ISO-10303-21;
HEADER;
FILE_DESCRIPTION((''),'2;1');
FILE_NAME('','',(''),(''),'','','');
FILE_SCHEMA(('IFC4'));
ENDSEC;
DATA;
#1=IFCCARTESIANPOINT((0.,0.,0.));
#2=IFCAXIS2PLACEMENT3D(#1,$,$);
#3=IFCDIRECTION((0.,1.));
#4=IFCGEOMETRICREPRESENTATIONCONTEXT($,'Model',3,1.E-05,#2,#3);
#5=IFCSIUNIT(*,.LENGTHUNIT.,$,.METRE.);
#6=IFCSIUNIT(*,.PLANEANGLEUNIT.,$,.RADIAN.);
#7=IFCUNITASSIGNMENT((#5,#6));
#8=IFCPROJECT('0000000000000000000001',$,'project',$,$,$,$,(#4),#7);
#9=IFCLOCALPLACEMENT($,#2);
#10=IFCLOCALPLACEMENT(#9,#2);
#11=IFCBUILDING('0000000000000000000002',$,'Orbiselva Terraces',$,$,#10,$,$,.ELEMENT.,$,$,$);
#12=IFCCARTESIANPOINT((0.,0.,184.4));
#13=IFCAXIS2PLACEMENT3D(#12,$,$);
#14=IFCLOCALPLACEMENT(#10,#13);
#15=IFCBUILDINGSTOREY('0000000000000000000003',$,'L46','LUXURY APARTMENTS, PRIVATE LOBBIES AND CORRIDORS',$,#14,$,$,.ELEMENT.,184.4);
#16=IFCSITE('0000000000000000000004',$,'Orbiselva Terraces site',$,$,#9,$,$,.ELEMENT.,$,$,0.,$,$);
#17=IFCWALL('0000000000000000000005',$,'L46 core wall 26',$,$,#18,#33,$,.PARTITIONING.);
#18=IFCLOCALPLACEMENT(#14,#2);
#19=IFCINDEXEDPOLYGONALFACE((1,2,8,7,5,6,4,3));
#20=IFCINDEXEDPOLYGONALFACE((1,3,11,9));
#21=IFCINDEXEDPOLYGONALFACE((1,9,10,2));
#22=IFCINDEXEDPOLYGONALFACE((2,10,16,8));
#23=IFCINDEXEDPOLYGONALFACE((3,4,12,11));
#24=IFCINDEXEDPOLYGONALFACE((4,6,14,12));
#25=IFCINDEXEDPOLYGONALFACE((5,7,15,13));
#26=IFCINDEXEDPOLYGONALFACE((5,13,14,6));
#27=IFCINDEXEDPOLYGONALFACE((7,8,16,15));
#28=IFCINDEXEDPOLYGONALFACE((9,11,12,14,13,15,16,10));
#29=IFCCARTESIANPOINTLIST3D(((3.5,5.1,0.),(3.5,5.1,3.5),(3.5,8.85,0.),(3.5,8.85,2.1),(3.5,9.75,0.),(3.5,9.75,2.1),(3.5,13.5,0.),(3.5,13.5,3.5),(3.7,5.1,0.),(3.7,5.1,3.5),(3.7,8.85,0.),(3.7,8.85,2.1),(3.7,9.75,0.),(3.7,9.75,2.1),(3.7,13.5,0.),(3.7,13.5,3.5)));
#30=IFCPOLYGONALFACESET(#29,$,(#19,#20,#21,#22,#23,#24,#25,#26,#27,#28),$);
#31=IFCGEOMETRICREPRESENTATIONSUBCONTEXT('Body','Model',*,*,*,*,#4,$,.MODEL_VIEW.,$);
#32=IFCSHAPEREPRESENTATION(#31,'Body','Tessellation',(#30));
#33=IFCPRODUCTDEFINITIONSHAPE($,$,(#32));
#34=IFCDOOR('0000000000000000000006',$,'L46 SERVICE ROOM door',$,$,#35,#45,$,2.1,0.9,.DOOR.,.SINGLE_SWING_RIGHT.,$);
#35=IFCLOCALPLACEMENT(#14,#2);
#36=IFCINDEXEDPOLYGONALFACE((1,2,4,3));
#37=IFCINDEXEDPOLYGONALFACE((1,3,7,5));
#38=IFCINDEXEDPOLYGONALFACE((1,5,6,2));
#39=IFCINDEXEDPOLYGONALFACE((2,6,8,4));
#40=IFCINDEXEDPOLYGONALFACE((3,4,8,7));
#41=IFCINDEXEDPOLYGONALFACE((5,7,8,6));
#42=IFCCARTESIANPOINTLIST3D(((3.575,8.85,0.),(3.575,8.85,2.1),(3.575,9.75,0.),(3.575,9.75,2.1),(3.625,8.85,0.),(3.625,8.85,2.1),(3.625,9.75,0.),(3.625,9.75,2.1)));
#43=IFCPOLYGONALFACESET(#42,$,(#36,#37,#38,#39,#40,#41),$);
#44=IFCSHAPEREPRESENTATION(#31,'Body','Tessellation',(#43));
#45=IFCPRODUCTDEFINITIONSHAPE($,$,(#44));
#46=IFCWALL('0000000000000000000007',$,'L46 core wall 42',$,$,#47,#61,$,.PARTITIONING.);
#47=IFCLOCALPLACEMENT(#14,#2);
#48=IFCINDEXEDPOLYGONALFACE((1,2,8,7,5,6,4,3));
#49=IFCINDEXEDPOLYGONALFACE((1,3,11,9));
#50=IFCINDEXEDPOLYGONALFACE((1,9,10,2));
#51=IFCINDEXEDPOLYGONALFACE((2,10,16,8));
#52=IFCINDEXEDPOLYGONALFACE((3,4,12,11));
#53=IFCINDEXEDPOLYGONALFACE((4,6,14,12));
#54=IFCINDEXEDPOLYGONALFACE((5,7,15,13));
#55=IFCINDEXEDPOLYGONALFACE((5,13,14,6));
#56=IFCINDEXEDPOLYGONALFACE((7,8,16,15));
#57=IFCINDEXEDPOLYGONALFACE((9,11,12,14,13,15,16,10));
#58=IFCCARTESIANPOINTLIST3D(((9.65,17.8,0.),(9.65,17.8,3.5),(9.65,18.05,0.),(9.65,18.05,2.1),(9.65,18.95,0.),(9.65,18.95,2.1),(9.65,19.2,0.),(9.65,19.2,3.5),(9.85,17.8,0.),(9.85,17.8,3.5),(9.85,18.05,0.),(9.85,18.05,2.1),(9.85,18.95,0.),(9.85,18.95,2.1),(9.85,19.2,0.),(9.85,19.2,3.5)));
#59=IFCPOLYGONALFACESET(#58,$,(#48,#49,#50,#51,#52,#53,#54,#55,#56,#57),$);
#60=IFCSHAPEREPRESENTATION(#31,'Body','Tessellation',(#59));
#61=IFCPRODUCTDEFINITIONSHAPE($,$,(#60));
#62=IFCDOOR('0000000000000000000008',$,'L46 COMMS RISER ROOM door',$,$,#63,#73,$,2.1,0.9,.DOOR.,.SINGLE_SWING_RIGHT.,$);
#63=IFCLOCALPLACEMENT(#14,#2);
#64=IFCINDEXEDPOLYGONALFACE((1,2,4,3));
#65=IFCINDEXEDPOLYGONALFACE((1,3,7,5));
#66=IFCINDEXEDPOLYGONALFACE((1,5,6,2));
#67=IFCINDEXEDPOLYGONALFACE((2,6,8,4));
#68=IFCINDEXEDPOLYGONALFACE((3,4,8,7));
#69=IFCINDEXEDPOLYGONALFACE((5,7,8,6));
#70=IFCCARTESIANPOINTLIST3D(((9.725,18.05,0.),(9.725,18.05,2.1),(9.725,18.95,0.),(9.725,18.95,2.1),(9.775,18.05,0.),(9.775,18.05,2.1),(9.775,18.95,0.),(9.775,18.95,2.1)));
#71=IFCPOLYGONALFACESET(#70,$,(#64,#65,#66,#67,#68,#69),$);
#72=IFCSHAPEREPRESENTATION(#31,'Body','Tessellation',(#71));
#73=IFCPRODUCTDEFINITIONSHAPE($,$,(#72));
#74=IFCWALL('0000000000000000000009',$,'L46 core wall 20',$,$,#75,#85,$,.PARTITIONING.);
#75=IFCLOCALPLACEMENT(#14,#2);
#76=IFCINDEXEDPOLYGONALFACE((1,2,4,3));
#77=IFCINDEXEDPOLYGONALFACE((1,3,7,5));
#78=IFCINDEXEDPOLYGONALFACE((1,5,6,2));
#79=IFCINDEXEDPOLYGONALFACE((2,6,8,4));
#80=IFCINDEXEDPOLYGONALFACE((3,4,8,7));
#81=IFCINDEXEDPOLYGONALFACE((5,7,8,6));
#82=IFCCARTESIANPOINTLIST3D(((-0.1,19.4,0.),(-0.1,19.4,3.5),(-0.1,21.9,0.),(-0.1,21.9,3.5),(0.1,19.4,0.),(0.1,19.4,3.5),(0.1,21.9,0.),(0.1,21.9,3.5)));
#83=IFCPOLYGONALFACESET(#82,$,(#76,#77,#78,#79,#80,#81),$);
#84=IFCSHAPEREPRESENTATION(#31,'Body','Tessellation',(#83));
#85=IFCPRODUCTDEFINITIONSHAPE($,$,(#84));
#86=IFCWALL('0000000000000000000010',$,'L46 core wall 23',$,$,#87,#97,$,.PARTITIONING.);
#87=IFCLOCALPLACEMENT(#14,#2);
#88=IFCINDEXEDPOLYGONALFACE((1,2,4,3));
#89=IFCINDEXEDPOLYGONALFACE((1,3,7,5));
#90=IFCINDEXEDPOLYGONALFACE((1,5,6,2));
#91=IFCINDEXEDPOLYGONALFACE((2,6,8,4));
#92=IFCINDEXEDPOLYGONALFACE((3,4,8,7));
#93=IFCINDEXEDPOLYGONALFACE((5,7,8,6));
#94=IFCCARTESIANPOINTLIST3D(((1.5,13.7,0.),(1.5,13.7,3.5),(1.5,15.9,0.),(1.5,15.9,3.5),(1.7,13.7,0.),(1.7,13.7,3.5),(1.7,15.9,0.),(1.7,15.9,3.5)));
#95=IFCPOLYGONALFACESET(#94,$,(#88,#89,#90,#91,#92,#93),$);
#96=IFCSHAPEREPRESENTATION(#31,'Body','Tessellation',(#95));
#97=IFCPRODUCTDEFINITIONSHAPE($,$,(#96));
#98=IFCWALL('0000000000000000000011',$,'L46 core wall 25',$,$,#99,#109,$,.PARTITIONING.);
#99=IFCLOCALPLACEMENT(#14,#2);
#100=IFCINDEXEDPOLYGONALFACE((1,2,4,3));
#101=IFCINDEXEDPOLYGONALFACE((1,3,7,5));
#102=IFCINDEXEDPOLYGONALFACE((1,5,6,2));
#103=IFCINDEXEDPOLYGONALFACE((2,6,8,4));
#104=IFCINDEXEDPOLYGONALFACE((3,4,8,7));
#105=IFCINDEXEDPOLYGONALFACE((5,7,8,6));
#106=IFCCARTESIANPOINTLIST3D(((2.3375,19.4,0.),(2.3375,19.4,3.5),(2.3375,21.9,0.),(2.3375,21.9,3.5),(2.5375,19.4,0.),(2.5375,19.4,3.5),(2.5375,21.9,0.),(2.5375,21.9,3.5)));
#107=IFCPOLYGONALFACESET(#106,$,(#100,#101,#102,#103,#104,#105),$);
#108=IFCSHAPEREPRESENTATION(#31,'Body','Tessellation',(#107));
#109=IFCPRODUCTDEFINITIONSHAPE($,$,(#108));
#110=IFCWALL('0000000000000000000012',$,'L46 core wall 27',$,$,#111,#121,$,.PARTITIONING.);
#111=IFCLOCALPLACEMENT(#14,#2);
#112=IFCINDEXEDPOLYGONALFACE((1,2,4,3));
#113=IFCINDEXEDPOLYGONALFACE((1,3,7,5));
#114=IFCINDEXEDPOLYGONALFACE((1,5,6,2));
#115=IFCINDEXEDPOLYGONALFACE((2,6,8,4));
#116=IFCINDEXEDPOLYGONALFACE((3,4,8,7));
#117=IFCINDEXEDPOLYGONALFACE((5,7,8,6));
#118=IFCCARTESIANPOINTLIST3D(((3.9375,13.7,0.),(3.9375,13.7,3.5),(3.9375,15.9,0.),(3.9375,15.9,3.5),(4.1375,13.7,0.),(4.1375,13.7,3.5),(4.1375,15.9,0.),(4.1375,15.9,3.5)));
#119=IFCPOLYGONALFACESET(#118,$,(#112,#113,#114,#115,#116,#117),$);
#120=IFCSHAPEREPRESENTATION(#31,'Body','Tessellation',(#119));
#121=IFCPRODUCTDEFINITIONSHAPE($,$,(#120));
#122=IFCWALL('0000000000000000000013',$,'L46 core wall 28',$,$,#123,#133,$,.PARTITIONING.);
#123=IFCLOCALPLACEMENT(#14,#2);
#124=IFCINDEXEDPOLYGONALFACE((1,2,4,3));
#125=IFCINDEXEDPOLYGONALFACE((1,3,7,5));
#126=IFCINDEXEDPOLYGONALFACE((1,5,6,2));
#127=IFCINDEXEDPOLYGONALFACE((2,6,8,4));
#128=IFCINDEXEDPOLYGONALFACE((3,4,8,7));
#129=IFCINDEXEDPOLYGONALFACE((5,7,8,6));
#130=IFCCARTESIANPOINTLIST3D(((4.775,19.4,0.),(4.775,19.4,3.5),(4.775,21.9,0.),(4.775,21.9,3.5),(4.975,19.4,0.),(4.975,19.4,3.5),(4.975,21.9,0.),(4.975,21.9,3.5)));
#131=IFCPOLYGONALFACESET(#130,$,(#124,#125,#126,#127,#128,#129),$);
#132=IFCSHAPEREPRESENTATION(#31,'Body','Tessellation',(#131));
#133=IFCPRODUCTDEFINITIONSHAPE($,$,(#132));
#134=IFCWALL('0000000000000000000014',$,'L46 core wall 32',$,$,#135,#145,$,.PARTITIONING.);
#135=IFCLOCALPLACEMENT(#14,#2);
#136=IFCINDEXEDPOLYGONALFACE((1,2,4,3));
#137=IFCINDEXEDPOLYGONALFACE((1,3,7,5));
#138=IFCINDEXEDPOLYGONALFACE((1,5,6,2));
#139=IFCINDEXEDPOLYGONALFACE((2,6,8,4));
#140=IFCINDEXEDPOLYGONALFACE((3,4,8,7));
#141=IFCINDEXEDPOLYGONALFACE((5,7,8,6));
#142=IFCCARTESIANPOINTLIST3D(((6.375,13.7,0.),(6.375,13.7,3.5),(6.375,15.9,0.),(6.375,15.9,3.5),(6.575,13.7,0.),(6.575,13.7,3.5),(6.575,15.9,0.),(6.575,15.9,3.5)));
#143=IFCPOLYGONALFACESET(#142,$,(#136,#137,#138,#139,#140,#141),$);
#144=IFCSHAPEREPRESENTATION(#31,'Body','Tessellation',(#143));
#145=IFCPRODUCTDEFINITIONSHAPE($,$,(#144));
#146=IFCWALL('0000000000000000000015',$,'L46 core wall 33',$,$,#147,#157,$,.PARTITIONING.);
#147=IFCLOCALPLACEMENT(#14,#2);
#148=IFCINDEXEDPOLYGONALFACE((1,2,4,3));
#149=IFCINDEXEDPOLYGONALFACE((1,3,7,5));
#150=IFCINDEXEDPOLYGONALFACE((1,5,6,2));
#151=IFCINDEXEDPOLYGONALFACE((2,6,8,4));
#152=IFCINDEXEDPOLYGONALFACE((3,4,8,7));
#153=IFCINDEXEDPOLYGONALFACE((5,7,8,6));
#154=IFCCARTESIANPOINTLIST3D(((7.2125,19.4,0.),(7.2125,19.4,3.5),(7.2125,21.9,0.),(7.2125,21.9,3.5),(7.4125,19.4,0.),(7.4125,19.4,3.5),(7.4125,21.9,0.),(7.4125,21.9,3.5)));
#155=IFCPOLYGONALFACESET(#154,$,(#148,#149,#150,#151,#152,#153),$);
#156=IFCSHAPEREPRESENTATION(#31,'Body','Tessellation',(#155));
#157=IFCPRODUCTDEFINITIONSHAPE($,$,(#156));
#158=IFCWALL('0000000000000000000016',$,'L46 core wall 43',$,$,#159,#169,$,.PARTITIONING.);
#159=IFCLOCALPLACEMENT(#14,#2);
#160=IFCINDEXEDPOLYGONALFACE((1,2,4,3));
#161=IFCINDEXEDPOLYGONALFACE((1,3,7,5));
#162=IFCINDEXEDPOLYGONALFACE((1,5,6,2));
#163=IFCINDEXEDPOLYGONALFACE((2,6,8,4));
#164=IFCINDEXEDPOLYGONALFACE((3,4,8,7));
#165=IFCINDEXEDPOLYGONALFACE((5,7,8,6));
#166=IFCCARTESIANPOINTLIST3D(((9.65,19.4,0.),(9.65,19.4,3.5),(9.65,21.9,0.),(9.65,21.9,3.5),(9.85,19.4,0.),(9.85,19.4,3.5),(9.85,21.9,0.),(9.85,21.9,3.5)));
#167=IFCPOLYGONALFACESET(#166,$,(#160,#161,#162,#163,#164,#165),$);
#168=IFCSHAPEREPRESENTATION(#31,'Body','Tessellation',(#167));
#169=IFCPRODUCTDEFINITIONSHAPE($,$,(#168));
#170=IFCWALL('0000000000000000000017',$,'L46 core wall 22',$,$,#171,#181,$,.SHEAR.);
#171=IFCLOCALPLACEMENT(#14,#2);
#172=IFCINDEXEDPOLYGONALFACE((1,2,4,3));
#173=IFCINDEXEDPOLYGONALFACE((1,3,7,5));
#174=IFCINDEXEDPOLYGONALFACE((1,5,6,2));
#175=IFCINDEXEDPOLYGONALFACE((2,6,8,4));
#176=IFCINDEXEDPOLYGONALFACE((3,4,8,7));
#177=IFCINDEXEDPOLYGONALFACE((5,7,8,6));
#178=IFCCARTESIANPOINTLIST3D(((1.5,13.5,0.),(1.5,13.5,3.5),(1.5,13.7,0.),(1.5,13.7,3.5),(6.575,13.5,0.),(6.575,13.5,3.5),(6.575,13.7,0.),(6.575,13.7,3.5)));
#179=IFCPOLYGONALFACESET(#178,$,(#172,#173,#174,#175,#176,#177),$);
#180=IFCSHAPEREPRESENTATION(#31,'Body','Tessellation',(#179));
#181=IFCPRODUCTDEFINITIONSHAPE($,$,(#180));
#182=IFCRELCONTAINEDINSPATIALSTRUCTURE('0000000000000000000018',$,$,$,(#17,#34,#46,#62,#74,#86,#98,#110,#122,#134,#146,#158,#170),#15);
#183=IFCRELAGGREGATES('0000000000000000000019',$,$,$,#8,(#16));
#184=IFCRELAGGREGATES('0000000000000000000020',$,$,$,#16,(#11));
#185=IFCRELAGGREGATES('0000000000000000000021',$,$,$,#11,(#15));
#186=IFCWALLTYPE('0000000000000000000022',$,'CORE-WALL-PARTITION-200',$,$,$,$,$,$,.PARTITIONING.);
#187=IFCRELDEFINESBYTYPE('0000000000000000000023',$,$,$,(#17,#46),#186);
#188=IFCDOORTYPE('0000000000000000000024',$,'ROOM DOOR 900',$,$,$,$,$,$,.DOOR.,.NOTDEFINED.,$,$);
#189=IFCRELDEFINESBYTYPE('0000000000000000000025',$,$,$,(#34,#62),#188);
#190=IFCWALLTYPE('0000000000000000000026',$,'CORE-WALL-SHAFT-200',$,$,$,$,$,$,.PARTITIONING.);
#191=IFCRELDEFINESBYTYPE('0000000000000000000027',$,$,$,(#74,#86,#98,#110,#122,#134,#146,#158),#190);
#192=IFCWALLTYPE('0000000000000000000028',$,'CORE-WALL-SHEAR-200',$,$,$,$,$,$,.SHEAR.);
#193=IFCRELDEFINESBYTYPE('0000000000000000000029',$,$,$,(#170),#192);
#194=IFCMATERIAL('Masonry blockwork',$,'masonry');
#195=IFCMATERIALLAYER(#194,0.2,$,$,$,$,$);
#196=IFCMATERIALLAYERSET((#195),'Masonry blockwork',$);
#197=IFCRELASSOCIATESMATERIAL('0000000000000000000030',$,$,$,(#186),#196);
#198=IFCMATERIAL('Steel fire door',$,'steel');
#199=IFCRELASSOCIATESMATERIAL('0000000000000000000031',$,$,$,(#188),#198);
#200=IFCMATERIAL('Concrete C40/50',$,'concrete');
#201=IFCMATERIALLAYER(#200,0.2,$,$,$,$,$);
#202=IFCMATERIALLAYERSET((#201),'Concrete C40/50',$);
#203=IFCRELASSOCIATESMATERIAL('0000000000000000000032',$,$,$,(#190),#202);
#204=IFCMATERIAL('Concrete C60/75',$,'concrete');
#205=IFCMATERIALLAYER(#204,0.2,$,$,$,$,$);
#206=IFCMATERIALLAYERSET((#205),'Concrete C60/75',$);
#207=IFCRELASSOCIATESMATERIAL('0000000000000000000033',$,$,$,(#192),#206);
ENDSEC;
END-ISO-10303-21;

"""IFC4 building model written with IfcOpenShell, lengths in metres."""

from ifc_helpers import new_model, si_unit, direction, frame, frame_2d, origin, place, context, subcontext, project, spatial, rectangle, extrude, material, layer, layer_set, type_object, element, fill, save


model = new_model("IFC4")

# Units and contexts
model_context = context("Model", 3, precision=1e-05, world=origin(), true_north=direction((0.0, 1.0)))
body_context = subcontext(model_context, "Body", "Model", "MODEL_VIEW")
ifc_project = project(units=[si_unit("LENGTHUNIT", "METRE"), si_unit("PLANEANGLEUNIT", "RADIAN")], contexts=[model_context])

# Site, building, storey
site_placement = place(None, origin())
site = spatial("IfcSite", under=ifc_project, at=site_placement, Name="Orbiselva Terraces site", CompositionType="ELEMENT", RefElevation=0.0)
building_placement = place(site_placement, origin())
building = spatial("IfcBuilding", under=site, at=building_placement, Name="Orbiselva Terraces", CompositionType="ELEMENT")
storey_placement = place(building_placement, frame((0.0, 0.0, 184.4)))
storey = spatial("IfcBuildingStorey", under=building, at=storey_placement, Name="L46", Description="LUXURY APARTMENTS, PRIVATE LOBBIES AND CORRIDORS", CompositionType="ELEMENT", Elevation=184.4)

# Walls, openings, doors
ifc_material_1 = material(Name="Masonry blockwork", Category="masonry")
ifc_layer_1 = layer(ifc_material_1, 0.2)
ifc_layer_set_1 = layer_set([ifc_layer_1], Name="Masonry blockwork")
wall_type_1 = type_object("IfcWallType", Name="CORE-WALL-PARTITION-200", PredefinedType="PARTITIONING", material=ifc_layer_set_1)
wall_1_placement = place(storey_placement, frame((3.6, 13.5, 0.0), z_axis=(0.0, 0.0, 1.0), x_axis=(0.0, -1.0, 0.0)))
wall_1 = element("IfcWall", 1, at=wall_1_placement, inside=storey, type_object=wall_type_1, Name="L46 core wall 26", PredefinedType="PARTITIONING", context=body_context, shape_type="SweptSolid", body=[
    extrude(rectangle(XDim=8.4, YDim=0.2, at=frame_2d((4.2, 0.0))), origin(), (0.0, 0.0, 1.0), 3.5),
])
opening_1_placement = place(wall_1_placement, frame((3.75, 0.0, 0.0)))
opening_1 = element("IfcOpeningElement", 2, at=opening_1_placement, cuts=wall_1, PredefinedType="OPENING", context=body_context, shape_type="SweptSolid", body=[
    extrude(rectangle(XDim=0.9, YDim=2.1, at=frame_2d((0.45, 1.05))), frame((0.0, 0.11, 0.0), z_axis=(0.0, -1.0, 0.0), x_axis=(1.0, 0.0, 0.0)), (0.0, 0.0, 1.0), 0.22),
])
ifc_material_2 = material(Name="Steel fire door", Category="steel")
door_type_1 = type_object("IfcDoorType", Name="ROOM DOOR 900", OperationType="NOTDEFINED", PredefinedType="DOOR", material=ifc_material_2)
door_1_placement = place(opening_1_placement, origin())
door_1 = element("IfcDoor", 3, at=door_1_placement, inside=storey, type_object=door_type_1, Name="L46 SERVICE ROOM door", OperationType="SINGLE_SWING_RIGHT", OverallHeight=2.1, OverallWidth=0.9, PredefinedType="DOOR", context=body_context, shape_type="SweptSolid", body=[
    extrude(rectangle(XDim=0.9, YDim=2.1, at=frame_2d((0.45, 1.05))), frame((0.0, 0.025, 0.0), z_axis=(0.0, -1.0, 0.0), x_axis=(1.0, 0.0, 0.0)), (0.0, 0.0, 1.0), 0.05),
])
fill(opening_1, door_1)
wall_2_placement = place(storey_placement, frame((9.75, 19.2, 0.0), z_axis=(0.0, 0.0, 1.0), x_axis=(0.0, -1.0, 0.0)))
wall_2 = element("IfcWall", 4, at=wall_2_placement, inside=storey, type_object=wall_type_1, Name="L46 core wall 42", PredefinedType="PARTITIONING", context=body_context, shape_type="SweptSolid", body=[
    extrude(rectangle(XDim=1.4, YDim=0.2, at=frame_2d((0.7, 0.0))), origin(), (0.0, 0.0, 1.0), 3.5),
])
opening_2_placement = place(wall_2_placement, frame((0.25, 0.0, 0.0)))
opening_2 = element("IfcOpeningElement", 5, at=opening_2_placement, cuts=wall_2, PredefinedType="OPENING", context=body_context, shape_type="SweptSolid", body=[
    extrude(rectangle(XDim=0.9, YDim=2.1, at=frame_2d((0.45, 1.05))), frame((0.0, 0.11, 0.0), z_axis=(0.0, -1.0, 0.0), x_axis=(1.0, 0.0, 0.0)), (0.0, 0.0, 1.0), 0.22),
])
door_2_placement = place(opening_2_placement, origin())
door_2 = element("IfcDoor", 6, at=door_2_placement, inside=storey, type_object=door_type_1, Name="L46 COMMS RISER ROOM door", OperationType="SINGLE_SWING_RIGHT", OverallHeight=2.1, OverallWidth=0.9, PredefinedType="DOOR", context=body_context, shape_type="SweptSolid", body=[
    extrude(rectangle(XDim=0.9, YDim=2.1, at=frame_2d((0.45, 1.05))), frame((0.0, 0.025, 0.0), z_axis=(0.0, -1.0, 0.0), x_axis=(1.0, 0.0, 0.0)), (0.0, 0.0, 1.0), 0.05),
])
fill(opening_2, door_2)

# Walls
ifc_material_3 = material(Name="Concrete C40/50", Category="concrete")
ifc_layer_2 = layer(ifc_material_3, 0.2)
ifc_layer_set_2 = layer_set([ifc_layer_2], Name="Concrete C40/50")
wall_type_2 = type_object("IfcWallType", Name="CORE-WALL-SHAFT-200", PredefinedType="PARTITIONING", material=ifc_layer_set_2)
wall_3_placement = place(storey_placement, frame((0.0, 19.4, 0.0), z_axis=(0.0, 0.0, 1.0), x_axis=(0.0, 1.0, 0.0)))
element("IfcWall", 7, at=wall_3_placement, inside=storey, type_object=wall_type_2, Name="L46 core wall 20", PredefinedType="PARTITIONING", context=body_context, shape_type="SweptSolid", body=[
    extrude(rectangle(XDim=2.5, YDim=0.2, at=frame_2d((1.25, 0.0))), origin(), (0.0, 0.0, 1.0), 3.5),
])
wall_4_placement = place(storey_placement, frame((1.6, 13.7, 0.0), z_axis=(0.0, 0.0, 1.0), x_axis=(0.0, 1.0, 0.0)))
element("IfcWall", 8, at=wall_4_placement, inside=storey, type_object=wall_type_2, Name="L46 core wall 23", PredefinedType="PARTITIONING", context=body_context, shape_type="SweptSolid", body=[
    extrude(rectangle(XDim=2.2, YDim=0.2, at=frame_2d((1.1, 0.0))), origin(), (0.0, 0.0, 1.0), 3.5),
])
wall_5_placement = place(storey_placement, frame((2.4375, 19.4, 0.0), z_axis=(0.0, 0.0, 1.0), x_axis=(0.0, 1.0, 0.0)))
element("IfcWall", 9, at=wall_5_placement, inside=storey, type_object=wall_type_2, Name="L46 core wall 25", PredefinedType="PARTITIONING", context=body_context, shape_type="SweptSolid", body=[
    extrude(rectangle(XDim=2.5, YDim=0.2, at=frame_2d((1.25, 0.0))), origin(), (0.0, 0.0, 1.0), 3.5),
])
wall_6_placement = place(storey_placement, frame((4.0375, 13.7, 0.0), z_axis=(0.0, 0.0, 1.0), x_axis=(0.0, 1.0, 0.0)))
element("IfcWall", 10, at=wall_6_placement, inside=storey, type_object=wall_type_2, Name="L46 core wall 27", PredefinedType="PARTITIONING", context=body_context, shape_type="SweptSolid", body=[
    extrude(rectangle(XDim=2.2, YDim=0.2, at=frame_2d((1.1, 0.0))), origin(), (0.0, 0.0, 1.0), 3.5),
])
wall_7_placement = place(storey_placement, frame((4.875, 19.4, 0.0), z_axis=(0.0, 0.0, 1.0), x_axis=(0.0, 1.0, 0.0)))
element("IfcWall", 11, at=wall_7_placement, inside=storey, type_object=wall_type_2, Name="L46 core wall 28", PredefinedType="PARTITIONING", context=body_context, shape_type="SweptSolid", body=[
    extrude(rectangle(XDim=2.5, YDim=0.2, at=frame_2d((1.25, 0.0))), origin(), (0.0, 0.0, 1.0), 3.5),
])
wall_8_placement = place(storey_placement, frame((6.475, 13.7, 0.0), z_axis=(0.0, 0.0, 1.0), x_axis=(0.0, 1.0, 0.0)))
element("IfcWall", 12, at=wall_8_placement, inside=storey, type_object=wall_type_2, Name="L46 core wall 32", PredefinedType="PARTITIONING", context=body_context, shape_type="SweptSolid", body=[
    extrude(rectangle(XDim=2.2, YDim=0.2, at=frame_2d((1.1, 0.0))), origin(), (0.0, 0.0, 1.0), 3.5),
])
for number, where, z_axis, x_axis, name in (
    (13, (7.3125, 19.4, 0.0), (0.0, 0.0, 1.0), (0.0, 1.0, 0.0), "L46 core wall 33"),
    (14, (9.75, 19.4, 0.0), (0.0, 0.0, 1.0), (0.0, 1.0, 0.0), "L46 core wall 43"),
):
    element("IfcWall", number, at=place(storey_placement, frame(where, z_axis=z_axis, x_axis=x_axis)), inside=storey, type_object=wall_type_2, Name=name, PredefinedType="PARTITIONING", context=body_context, shape_type="SweptSolid", body=[
        extrude(rectangle(XDim=2.5, YDim=0.2, at=frame_2d((1.25, 0.0))), origin(), (0.0, 0.0, 1.0), 3.5),
    ])
ifc_material_4 = material(Name="Concrete C60/75", Category="concrete")
ifc_layer_3 = layer(ifc_material_4, 0.2)
ifc_layer_set_3 = layer_set([ifc_layer_3], Name="Concrete C60/75")
wall_type_3 = type_object("IfcWallType", Name="CORE-WALL-SHEAR-200", PredefinedType="SHEAR", material=ifc_layer_set_3)
wall_9_placement = place(storey_placement, frame((1.5, 13.6, 0.0), z_axis=(0.0, 0.0, 1.0), x_axis=(1.0, 0.0, 0.0)))
element("IfcWall", 15, at=wall_9_placement, inside=storey, type_object=wall_type_3, Name="L46 core wall 22", PredefinedType="SHEAR", context=body_context, shape_type="SweptSolid", body=[
    extrude(rectangle(XDim=5.075, YDim=0.2, at=frame_2d((2.5375, 0.0))), origin(), (0.0, 0.0, 1.0), 3.5),
])

save(model, "model.ifc")
